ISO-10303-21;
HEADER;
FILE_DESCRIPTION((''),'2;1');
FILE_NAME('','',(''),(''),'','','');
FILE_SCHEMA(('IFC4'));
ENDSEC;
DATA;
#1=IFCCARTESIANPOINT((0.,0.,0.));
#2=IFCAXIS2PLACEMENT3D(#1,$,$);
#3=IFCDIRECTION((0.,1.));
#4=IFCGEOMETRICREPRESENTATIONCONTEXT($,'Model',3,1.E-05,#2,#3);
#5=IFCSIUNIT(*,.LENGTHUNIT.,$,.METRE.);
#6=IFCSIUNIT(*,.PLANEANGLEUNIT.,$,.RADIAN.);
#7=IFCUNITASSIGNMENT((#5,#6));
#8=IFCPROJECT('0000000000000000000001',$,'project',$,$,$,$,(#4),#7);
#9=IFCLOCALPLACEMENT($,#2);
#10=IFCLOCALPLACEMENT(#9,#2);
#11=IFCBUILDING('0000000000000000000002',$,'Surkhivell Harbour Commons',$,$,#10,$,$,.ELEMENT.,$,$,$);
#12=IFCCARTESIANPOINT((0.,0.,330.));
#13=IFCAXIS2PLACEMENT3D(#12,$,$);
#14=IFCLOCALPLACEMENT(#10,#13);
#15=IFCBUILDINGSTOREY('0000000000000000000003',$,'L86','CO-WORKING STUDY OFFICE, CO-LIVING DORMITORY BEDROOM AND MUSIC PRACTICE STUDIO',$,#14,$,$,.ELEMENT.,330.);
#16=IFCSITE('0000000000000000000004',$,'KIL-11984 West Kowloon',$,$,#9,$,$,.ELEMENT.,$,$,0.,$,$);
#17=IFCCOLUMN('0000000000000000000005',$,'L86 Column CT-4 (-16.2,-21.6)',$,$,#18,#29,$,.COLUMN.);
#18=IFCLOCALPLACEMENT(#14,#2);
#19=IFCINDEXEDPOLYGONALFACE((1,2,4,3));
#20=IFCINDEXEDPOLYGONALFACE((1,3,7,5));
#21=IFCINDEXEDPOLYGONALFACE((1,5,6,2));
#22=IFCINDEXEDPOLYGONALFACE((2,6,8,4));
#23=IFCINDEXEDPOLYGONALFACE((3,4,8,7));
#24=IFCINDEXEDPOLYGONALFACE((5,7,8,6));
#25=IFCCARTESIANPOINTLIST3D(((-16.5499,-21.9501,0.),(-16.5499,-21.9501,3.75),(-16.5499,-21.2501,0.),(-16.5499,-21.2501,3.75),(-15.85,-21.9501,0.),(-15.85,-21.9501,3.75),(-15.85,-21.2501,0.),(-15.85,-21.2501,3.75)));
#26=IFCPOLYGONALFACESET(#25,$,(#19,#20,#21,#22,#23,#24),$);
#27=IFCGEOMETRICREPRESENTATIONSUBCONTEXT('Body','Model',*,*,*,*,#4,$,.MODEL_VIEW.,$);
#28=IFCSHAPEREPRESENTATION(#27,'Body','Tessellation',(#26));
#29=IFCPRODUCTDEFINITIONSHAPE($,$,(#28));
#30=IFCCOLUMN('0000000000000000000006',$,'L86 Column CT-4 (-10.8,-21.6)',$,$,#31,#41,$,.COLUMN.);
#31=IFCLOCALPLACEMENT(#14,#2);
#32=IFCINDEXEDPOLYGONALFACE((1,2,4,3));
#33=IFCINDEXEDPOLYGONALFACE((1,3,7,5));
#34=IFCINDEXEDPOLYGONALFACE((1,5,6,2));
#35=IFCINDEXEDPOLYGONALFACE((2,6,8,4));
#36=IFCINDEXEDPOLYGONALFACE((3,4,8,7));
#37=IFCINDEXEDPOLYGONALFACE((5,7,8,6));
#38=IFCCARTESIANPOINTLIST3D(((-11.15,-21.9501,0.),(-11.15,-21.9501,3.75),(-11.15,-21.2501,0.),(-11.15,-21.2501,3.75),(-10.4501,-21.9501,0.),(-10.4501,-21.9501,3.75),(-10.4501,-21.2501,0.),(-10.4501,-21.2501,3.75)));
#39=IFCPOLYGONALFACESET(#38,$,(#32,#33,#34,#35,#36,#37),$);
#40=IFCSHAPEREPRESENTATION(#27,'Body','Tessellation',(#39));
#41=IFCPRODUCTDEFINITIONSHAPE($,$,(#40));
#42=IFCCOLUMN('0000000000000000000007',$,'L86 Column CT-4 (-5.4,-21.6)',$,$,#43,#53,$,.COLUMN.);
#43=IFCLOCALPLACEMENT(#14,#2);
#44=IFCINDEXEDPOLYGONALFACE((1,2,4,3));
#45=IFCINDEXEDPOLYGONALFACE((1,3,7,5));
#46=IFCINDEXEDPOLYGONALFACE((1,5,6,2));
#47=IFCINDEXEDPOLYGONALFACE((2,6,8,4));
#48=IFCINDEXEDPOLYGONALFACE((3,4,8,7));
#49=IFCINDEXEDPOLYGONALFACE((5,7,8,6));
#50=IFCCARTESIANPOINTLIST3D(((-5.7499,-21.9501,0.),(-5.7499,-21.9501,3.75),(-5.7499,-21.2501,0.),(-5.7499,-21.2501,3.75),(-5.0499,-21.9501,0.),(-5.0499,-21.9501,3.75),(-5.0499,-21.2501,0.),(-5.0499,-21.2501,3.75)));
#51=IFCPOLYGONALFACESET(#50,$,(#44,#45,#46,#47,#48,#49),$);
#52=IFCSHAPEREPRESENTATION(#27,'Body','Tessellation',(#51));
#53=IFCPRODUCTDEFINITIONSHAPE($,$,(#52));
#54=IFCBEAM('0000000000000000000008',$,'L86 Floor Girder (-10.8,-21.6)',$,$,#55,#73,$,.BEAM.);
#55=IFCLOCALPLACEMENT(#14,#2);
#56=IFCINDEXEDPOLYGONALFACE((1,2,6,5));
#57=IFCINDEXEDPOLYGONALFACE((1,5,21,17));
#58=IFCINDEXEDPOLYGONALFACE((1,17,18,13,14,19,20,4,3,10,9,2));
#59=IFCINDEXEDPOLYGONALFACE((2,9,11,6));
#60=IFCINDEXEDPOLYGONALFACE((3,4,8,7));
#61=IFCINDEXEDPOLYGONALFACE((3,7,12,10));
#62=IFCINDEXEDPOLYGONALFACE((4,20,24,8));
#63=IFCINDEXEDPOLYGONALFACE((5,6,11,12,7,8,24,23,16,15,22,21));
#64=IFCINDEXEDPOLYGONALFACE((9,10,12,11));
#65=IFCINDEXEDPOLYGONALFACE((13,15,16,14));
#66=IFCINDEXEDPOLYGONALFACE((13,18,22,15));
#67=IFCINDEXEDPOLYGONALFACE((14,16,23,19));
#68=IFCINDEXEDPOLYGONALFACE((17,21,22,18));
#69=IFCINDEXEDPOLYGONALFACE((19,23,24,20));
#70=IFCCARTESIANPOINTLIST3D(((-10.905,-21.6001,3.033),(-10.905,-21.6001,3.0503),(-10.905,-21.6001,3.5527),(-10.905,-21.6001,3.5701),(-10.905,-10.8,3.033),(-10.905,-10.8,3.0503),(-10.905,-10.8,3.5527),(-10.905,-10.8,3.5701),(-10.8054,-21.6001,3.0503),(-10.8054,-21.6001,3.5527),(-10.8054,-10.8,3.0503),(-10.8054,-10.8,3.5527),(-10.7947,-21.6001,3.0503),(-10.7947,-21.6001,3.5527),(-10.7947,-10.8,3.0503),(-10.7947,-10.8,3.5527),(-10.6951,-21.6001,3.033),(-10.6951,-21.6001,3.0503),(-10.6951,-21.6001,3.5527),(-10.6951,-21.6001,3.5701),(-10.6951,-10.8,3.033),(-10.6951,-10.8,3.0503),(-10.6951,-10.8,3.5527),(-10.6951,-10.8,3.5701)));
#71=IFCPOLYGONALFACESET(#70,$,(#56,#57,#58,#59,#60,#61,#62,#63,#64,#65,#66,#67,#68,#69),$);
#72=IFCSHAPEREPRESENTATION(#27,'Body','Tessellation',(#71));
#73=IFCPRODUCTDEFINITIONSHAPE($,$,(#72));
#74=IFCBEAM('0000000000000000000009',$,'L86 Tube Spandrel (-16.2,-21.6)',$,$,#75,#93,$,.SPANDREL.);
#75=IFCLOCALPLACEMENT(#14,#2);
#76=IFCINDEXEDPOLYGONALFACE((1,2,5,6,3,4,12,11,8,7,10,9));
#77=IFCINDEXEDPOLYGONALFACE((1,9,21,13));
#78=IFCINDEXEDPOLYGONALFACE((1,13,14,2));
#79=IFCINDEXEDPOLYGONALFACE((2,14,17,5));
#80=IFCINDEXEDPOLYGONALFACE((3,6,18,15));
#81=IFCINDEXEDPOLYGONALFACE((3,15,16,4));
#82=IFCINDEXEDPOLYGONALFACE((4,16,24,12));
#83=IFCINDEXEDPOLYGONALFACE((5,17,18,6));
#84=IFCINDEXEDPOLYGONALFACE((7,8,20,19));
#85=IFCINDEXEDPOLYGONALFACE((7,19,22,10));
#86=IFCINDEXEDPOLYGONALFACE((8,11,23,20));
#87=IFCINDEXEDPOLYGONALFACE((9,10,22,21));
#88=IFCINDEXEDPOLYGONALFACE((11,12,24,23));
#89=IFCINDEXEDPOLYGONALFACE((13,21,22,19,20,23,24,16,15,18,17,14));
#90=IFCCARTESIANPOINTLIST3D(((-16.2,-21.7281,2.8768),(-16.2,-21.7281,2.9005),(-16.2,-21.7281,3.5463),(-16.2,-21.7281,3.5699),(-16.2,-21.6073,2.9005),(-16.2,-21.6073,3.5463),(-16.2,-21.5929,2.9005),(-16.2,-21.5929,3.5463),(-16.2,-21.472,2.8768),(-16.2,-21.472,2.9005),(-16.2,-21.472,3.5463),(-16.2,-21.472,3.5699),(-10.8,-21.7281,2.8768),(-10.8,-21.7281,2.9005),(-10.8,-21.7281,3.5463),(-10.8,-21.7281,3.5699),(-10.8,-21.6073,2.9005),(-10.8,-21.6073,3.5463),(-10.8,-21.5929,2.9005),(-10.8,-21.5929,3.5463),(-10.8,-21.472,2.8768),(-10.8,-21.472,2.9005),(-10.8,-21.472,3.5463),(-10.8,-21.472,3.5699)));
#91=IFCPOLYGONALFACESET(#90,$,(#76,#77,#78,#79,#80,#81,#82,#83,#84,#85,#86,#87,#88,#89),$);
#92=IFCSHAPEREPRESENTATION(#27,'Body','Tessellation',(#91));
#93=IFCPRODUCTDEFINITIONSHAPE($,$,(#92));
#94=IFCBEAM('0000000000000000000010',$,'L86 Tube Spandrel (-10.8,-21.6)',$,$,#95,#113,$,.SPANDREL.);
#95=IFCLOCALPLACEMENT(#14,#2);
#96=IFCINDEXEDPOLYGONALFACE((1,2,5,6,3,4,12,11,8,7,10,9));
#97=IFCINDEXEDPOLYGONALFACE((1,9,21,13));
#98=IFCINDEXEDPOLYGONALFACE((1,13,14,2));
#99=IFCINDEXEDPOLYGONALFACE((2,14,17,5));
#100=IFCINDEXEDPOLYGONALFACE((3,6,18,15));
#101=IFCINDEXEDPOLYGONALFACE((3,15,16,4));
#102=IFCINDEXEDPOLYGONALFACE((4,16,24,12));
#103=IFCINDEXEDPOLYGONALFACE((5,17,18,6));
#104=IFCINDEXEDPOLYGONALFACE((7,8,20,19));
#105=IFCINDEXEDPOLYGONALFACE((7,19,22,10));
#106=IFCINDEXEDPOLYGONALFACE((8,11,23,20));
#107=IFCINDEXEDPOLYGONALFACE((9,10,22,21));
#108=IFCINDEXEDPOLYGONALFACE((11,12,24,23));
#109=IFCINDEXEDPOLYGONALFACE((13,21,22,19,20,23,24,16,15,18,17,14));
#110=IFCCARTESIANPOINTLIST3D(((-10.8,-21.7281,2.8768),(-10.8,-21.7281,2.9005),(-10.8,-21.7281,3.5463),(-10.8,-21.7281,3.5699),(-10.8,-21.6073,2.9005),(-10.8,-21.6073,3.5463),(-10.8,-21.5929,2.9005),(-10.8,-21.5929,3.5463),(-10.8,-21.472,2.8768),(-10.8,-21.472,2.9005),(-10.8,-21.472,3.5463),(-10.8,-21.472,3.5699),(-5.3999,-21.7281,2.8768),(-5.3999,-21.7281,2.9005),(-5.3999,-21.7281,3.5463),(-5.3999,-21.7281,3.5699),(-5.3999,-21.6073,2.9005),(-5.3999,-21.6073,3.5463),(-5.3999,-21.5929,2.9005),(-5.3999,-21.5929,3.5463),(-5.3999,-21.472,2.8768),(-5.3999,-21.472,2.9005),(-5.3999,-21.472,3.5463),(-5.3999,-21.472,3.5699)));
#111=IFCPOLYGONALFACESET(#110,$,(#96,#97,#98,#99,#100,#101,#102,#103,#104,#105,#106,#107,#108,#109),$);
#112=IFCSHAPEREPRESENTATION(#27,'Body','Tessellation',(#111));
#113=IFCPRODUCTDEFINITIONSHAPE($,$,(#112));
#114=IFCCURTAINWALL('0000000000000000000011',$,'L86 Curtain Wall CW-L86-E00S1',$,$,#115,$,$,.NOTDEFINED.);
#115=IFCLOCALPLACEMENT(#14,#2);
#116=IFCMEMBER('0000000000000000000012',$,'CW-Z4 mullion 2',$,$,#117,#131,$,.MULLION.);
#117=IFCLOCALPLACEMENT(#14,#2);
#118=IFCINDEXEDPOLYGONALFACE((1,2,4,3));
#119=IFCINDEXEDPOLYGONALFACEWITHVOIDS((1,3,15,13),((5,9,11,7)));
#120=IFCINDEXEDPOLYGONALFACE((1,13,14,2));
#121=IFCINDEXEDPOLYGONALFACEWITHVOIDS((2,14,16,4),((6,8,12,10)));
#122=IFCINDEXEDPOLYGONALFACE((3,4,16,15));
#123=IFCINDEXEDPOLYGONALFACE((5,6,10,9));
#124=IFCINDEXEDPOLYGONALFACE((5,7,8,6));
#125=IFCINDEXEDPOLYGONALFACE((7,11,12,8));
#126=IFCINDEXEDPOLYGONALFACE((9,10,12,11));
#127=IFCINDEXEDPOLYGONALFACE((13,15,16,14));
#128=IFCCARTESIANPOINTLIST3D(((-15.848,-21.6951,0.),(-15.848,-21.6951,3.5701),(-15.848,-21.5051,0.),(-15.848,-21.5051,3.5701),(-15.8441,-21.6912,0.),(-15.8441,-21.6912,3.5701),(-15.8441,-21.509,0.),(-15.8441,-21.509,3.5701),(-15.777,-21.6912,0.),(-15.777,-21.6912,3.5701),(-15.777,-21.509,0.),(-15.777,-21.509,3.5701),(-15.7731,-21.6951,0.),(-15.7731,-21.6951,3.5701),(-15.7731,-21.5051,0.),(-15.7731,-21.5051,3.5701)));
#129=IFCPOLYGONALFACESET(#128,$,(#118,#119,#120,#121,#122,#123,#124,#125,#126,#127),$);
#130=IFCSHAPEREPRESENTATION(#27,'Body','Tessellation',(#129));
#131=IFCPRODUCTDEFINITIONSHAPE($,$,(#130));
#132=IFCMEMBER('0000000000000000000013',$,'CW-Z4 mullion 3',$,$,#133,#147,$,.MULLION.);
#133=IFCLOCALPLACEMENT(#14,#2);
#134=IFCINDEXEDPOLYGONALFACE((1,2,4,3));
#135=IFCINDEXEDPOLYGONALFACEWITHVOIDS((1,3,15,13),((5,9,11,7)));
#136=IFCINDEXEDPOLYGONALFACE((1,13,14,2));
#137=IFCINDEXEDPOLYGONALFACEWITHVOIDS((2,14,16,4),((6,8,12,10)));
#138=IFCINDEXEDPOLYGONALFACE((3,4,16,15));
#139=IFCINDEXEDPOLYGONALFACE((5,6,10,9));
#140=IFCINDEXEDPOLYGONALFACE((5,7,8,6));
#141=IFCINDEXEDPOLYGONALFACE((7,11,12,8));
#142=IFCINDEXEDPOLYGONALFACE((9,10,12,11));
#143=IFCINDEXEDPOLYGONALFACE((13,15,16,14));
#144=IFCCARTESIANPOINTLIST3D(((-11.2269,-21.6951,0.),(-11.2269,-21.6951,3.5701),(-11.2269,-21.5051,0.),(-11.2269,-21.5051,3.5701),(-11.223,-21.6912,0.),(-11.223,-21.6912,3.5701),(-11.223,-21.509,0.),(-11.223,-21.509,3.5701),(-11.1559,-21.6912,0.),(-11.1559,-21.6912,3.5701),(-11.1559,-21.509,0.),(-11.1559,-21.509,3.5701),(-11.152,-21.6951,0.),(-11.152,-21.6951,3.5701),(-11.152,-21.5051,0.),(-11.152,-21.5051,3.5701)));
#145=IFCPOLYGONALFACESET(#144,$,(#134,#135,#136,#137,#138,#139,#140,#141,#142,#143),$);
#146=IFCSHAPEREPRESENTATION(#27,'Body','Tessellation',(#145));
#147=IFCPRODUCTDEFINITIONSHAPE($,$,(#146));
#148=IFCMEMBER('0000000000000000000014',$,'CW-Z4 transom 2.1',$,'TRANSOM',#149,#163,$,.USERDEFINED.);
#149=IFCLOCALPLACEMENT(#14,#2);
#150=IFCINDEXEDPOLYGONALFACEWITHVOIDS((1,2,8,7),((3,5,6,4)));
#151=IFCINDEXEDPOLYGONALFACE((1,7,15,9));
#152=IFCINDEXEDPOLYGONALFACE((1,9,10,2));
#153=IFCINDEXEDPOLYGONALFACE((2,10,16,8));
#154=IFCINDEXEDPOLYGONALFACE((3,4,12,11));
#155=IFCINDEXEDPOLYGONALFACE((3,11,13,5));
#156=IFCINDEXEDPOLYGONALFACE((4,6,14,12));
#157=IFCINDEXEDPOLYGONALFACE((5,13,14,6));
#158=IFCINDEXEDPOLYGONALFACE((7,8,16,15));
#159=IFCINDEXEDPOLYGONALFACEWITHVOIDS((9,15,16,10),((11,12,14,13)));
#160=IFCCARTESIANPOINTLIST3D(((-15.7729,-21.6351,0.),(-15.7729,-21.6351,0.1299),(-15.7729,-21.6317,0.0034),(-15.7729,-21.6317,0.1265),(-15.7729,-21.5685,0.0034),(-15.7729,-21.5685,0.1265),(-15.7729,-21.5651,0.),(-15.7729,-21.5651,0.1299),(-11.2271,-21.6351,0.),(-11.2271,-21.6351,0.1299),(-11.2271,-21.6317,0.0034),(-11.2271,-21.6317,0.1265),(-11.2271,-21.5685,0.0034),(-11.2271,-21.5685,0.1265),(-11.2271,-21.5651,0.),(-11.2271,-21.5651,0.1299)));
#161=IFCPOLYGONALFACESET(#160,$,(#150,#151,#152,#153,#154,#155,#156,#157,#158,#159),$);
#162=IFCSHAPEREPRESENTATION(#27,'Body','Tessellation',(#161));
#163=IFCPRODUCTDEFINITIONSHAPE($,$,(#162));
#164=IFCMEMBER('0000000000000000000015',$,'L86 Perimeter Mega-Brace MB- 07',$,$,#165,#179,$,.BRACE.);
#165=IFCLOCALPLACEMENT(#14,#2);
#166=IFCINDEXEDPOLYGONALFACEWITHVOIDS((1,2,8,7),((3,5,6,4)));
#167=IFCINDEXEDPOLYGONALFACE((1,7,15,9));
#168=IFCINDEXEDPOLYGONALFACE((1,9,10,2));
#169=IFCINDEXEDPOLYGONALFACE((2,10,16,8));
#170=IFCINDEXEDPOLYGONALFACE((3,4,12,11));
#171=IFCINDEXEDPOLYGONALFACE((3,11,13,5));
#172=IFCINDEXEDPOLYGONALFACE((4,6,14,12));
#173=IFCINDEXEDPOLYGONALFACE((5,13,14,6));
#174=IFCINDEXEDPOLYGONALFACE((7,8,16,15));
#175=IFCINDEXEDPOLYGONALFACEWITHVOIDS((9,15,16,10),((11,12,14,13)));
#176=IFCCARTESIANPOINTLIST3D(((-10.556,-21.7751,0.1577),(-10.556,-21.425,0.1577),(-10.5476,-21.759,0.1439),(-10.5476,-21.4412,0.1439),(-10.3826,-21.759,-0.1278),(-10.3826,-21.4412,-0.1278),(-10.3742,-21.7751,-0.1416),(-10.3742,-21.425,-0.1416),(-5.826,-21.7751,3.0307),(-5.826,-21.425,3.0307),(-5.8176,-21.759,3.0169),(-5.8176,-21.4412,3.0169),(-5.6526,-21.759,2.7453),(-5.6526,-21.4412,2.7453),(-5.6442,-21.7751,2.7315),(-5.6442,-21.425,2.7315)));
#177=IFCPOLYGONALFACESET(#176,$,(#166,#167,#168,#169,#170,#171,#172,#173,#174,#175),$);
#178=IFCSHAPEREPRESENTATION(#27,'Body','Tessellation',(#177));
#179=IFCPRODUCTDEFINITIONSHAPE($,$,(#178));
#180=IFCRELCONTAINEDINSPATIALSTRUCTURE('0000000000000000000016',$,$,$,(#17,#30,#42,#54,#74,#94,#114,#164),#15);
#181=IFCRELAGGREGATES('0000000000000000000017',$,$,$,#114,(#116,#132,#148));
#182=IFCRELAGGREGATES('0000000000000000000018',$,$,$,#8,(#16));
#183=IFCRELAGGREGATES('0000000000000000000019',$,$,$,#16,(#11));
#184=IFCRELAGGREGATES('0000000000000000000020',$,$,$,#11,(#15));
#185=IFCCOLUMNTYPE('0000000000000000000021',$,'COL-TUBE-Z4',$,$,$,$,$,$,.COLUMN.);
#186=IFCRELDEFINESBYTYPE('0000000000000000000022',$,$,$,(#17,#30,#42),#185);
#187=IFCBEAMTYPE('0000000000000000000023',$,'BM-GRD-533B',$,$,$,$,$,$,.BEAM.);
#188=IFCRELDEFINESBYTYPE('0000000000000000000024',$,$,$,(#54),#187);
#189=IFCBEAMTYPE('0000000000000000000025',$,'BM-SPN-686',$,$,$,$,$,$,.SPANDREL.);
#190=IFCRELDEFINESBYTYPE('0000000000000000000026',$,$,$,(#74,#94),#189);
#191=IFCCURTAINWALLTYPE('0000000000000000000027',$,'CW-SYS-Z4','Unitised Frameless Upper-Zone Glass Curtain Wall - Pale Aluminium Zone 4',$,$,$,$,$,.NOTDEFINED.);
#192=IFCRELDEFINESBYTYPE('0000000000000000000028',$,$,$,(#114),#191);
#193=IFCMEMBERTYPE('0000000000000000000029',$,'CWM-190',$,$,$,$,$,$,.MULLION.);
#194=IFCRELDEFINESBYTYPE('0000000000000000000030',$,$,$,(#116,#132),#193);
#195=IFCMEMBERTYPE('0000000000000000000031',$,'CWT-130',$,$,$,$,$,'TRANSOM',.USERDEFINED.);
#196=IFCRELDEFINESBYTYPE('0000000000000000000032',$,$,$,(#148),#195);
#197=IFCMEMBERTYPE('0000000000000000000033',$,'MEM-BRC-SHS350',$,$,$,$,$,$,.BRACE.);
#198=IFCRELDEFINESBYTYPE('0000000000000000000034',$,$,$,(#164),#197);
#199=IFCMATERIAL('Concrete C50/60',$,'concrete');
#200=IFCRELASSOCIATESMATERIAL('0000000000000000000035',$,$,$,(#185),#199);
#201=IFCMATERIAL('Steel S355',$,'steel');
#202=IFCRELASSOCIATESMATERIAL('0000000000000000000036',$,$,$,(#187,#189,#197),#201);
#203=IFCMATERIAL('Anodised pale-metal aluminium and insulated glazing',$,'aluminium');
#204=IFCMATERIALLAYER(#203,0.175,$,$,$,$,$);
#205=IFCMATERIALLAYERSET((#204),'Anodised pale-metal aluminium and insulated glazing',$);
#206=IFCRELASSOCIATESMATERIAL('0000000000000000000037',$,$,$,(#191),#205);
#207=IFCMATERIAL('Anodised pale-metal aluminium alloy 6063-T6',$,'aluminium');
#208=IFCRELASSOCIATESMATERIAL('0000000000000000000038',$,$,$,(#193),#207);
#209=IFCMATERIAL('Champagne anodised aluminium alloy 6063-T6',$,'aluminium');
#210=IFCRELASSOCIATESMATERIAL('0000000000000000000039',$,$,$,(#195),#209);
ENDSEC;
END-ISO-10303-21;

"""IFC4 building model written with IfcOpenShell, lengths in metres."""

from ifc_helpers import new_model, si_unit, direction, frame, origin, origin_2d, place, context, subcontext, project, spatial, rectangle, hollow_rectangle, i_section, extrude, material, layer, layer_set, material_profile, profile_set, type_object, element, aggregate, save


model = new_model("IFC4")

# Units and contexts
model_context = context("Model", 3, precision=1e-05, world=origin(), true_north=direction((0.0, 1.0)))
body_context = subcontext(model_context, "Body", "Model", "MODEL_VIEW")
ifc_project = project(units=[si_unit("LENGTHUNIT", "METRE"), si_unit("PLANEANGLEUNIT", "RADIAN")], contexts=[model_context])

# Site, building, storey
site_placement = place(None, origin())
site = spatial("IfcSite", under=ifc_project, at=site_placement, Name="KIL-11984 West Kowloon", CompositionType="ELEMENT", RefElevation=0.0)
building_placement = place(site_placement, origin())
building = spatial("IfcBuilding", under=site, at=building_placement, Name="Surkhivell Harbour Commons", CompositionType="ELEMENT")
storey_placement = place(building_placement, frame((0.0, 0.0, 330.0)))
storey = spatial("IfcBuildingStorey", under=building, at=storey_placement, Name="L86", Description="CO-WORKING STUDY OFFICE, CO-LIVING DORMITORY BEDROOM AND MUSIC PRACTICE STUDIO", CompositionType="ELEMENT", Elevation=330.0)

# Columns
ifc_material_1 = material(Name="Concrete C50/60", Category="concrete")
ifc_material_profile_1 = material_profile(ifc_material_1, rectangle(XDim=0.7, YDim=0.7, at=origin_2d()), Name="RC-COL-700x700")
ifc_profile_set_1 = profile_set([ifc_material_profile_1], Name="Concrete C50/60")
column_type = type_object("IfcColumnType", Name="COL-TUBE-Z4", PredefinedType="COLUMN", material=ifc_profile_set_1)
for number, where, z_axis, x_axis, name in (
    (1, (-16.2, -21.6001, 0.0), (0.0, 0.0, 1.0), (1.0, 0.0, 0.0), "L86 Column CT-4 (-16.2,-21.6)"),
    (2, (-10.8, -21.6001, 0.0), (0.0, 0.0, 1.0), (1.0, 0.0, 0.0), "L86 Column CT-4 (-10.8,-21.6)"),
    (3, (-5.3999, -21.6001, 0.0), (0.0, 0.0, 1.0), (1.0, 0.0, 0.0), "L86 Column CT-4 (-5.4,-21.6)"),
):
    element("IfcColumn", number, at=place(storey_placement, frame(where, z_axis=z_axis, x_axis=x_axis)), inside=storey, type_object=column_type, Name=name, PredefinedType="COLUMN", context=body_context, shape_type="SweptSolid", body=[
        extrude(rectangle(XDim=0.7, YDim=0.7, at=origin_2d()), origin(), (0.0, 0.0, 1.0), 3.75),
    ])

# Beams
ifc_material_2 = material(Name="Steel S355", Category="steel")
ifc_material_profile_2 = material_profile(ifc_material_2, i_section(OverallWidth=0.21, OverallDepth=0.5371, WebThickness=0.0107, FlangeThickness=0.0173, at=origin_2d()), Name="UB533x210x101")
ifc_profile_set_2 = profile_set([ifc_material_profile_2], Name="Steel S355")
beam_type_1 = type_object("IfcBeamType", Name="BM-GRD-533B", PredefinedType="BEAM", material=ifc_profile_set_2)
beam_1_placement = place(storey_placement, frame((-10.8, -21.6001, 3.3015), z_axis=(0.0, 1.0, 0.0), x_axis=(-1.0, 0.0, 0.0)))
element("IfcBeam", 4, at=beam_1_placement, inside=storey, type_object=beam_type_1, Name="L86 Floor Girder (-10.8,-21.6)", PredefinedType="BEAM", context=body_context, shape_type="SweptSolid", body=[
    extrude(i_section(OverallWidth=0.21, OverallDepth=0.5371, WebThickness=0.0107, FlangeThickness=0.0173, at=origin_2d()), origin(), (0.0, 0.0, 1.0), 10.8),
])
ifc_material_profile_3 = material_profile(ifc_material_2, i_section(OverallWidth=0.2561, OverallDepth=0.6931, WebThickness=0.0144, FlangeThickness=0.0237, at=origin_2d()), Name="UB686x254x170")
ifc_profile_set_3 = profile_set([ifc_material_profile_3], Name="Steel S355")
beam_type_2 = type_object("IfcBeamType", Name="BM-SPN-686", PredefinedType="SPANDREL", material=ifc_profile_set_3)
beam_2_placement = place(storey_placement, frame((-16.2, -21.6001, 3.2234), z_axis=(1.0, 0.0, 0.0), x_axis=(0.0, 1.0, 0.0)))
element("IfcBeam", 5, at=beam_2_placement, inside=storey, type_object=beam_type_2, Name="L86 Tube Spandrel (-16.2,-21.6)", PredefinedType="SPANDREL", context=body_context, shape_type="SweptSolid", body=[
    extrude(i_section(OverallWidth=0.2561, OverallDepth=0.6931, WebThickness=0.0144, FlangeThickness=0.0237, at=origin_2d()), origin(), (0.0, 0.0, 1.0), 5.3999),
])
beam_3_placement = place(storey_placement, frame((-10.8, -21.6001, 3.2234), z_axis=(1.0, 0.0, 0.0), x_axis=(0.0, 1.0, 0.0)))
element("IfcBeam", 6, at=beam_3_placement, inside=storey, type_object=beam_type_2, Name="L86 Tube Spandrel (-10.8,-21.6)", PredefinedType="SPANDREL", context=body_context, shape_type="SweptSolid", body=[
    extrude(i_section(OverallWidth=0.2561, OverallDepth=0.6931, WebThickness=0.0144, FlangeThickness=0.0237, at=origin_2d()), origin(), (0.0, 0.0, 1.0), 5.4001),
])

# Curtain wall, members
ifc_material_3 = material(Name="Anodised pale-metal aluminium and insulated glazing", Category="aluminium")
ifc_layer_1 = layer(ifc_material_3, 0.175)
ifc_layer_set_1 = layer_set([ifc_layer_1], Name="Anodised pale-metal aluminium and insulated glazing")
curtain_wall_type = type_object("IfcCurtainWallType", Name="CW-SYS-Z4", Description="Unitised Frameless Upper-Zone Glass Curtain Wall - Pale Aluminium Zone 4", PredefinedType="NOTDEFINED", material=ifc_layer_set_1)
curtain_wall_placement = place(storey_placement, origin())
curtain_wall = element("IfcCurtainWall", 7, at=curtain_wall_placement, inside=storey, type_object=curtain_wall_type, Name="L86 Curtain Wall CW-L86-E00S1", PredefinedType="NOTDEFINED")
ifc_material_4 = material(Name="Anodised pale-metal aluminium alloy 6063-T6", Category="aluminium")
ifc_material_profile_4 = material_profile(ifc_material_4, hollow_rectangle(XDim=0.075, YDim=0.1899, WallThickness=0.0039, at=origin_2d()), Name="ALU-MULL-75x190")
ifc_profile_set_4 = profile_set([ifc_material_profile_4], Name="Anodised pale-metal aluminium alloy 6063-T6")
member_type_1 = type_object("IfcMemberType", Name="CWM-190", PredefinedType="MULLION", material=ifc_profile_set_4)
member_1_placement = place(storey_placement, frame((-15.8105, -21.6001, 0.0), z_axis=(0.0, 0.0, 1.0), x_axis=(1.0, 0.0, 0.0)))
member_1 = element("IfcMember", 8, at=member_1_placement, type_object=member_type_1, Name="CW-Z4 mullion 2", PredefinedType="MULLION", context=body_context, shape_type="SweptSolid", body=[
    extrude(hollow_rectangle(XDim=0.075, YDim=0.1899, WallThickness=0.0039, at=origin_2d()), origin(), (0.0, 0.0, 1.0), 3.5701),
])
member_2_placement = place(storey_placement, frame((-11.1895, -21.6001, 0.0), z_axis=(0.0, 0.0, 1.0), x_axis=(1.0, 0.0, 0.0)))
member_2 = element("IfcMember", 9, at=member_2_placement, type_object=member_type_1, Name="CW-Z4 mullion 3", PredefinedType="MULLION", context=body_context, shape_type="SweptSolid", body=[
    extrude(hollow_rectangle(XDim=0.075, YDim=0.1899, WallThickness=0.0039, at=origin_2d()), origin(), (0.0, 0.0, 1.0), 3.5701),
])
ifc_material_5 = material(Name="Champagne anodised aluminium alloy 6063-T6", Category="aluminium")
ifc_material_profile_5 = material_profile(ifc_material_5, hollow_rectangle(XDim=0.0701, YDim=0.1299, WallThickness=0.0034, at=origin_2d()), Name="ALU-TRAN-70x130")
ifc_profile_set_5 = profile_set([ifc_material_profile_5], Name="Champagne anodised aluminium alloy 6063-T6")
member_type_2 = type_object("IfcMemberType", Name="CWT-130", ElementType="TRANSOM", PredefinedType="USERDEFINED", material=ifc_profile_set_5)
member_3_placement = place(storey_placement, frame((-15.7729, -21.6001, 0.0649), z_axis=(1.0, 0.0, 0.0), x_axis=(0.0, 1.0, 0.0)))
member_3 = element("IfcMember", 10, at=member_3_placement, type_object=member_type_2, Name="CW-Z4 transom 2.1", ObjectType="TRANSOM", PredefinedType="USERDEFINED", context=body_context, shape_type="SweptSolid", body=[
    extrude(hollow_rectangle(XDim=0.0701, YDim=0.1299, WallThickness=0.0034, at=origin_2d()), origin(), (0.0, 0.0, 1.0), 4.5459),
])

# Member
ifc_material_profile_6 = material_profile(ifc_material_2, hollow_rectangle(XDim=0.3501, YDim=0.3501, WallThickness=0.0161, at=origin_2d()), Name="SHS350x350x16")
ifc_profile_set_6 = profile_set([ifc_material_profile_6], Name="Steel S355")
member_type_3 = type_object("IfcMemberType", Name="MEM-BRC-SHS350", PredefinedType="BRACE", material=ifc_profile_set_6)
member_4_placement = place(storey_placement, frame((-10.4651, -21.6001, 0.0081), z_axis=(0.854685, 0.0, 0.519146), x_axis=(0.0, 1.0, 0.0)))
element("IfcMember", 11, at=member_4_placement, inside=storey, type_object=member_type_3, Name="L86 Perimeter Mega-Brace MB- 07", PredefinedType="BRACE", context=body_context, shape_type="SweptSolid", body=[
    extrude(hollow_rectangle(XDim=0.3501, YDim=0.3501, WallThickness=0.0161, at=origin_2d()), origin(), (0.0, 0.0, 1.0), 5.5342),
])

aggregate(curtain_wall, [member_1, member_2, member_3])

save(model, "model.ifc")
